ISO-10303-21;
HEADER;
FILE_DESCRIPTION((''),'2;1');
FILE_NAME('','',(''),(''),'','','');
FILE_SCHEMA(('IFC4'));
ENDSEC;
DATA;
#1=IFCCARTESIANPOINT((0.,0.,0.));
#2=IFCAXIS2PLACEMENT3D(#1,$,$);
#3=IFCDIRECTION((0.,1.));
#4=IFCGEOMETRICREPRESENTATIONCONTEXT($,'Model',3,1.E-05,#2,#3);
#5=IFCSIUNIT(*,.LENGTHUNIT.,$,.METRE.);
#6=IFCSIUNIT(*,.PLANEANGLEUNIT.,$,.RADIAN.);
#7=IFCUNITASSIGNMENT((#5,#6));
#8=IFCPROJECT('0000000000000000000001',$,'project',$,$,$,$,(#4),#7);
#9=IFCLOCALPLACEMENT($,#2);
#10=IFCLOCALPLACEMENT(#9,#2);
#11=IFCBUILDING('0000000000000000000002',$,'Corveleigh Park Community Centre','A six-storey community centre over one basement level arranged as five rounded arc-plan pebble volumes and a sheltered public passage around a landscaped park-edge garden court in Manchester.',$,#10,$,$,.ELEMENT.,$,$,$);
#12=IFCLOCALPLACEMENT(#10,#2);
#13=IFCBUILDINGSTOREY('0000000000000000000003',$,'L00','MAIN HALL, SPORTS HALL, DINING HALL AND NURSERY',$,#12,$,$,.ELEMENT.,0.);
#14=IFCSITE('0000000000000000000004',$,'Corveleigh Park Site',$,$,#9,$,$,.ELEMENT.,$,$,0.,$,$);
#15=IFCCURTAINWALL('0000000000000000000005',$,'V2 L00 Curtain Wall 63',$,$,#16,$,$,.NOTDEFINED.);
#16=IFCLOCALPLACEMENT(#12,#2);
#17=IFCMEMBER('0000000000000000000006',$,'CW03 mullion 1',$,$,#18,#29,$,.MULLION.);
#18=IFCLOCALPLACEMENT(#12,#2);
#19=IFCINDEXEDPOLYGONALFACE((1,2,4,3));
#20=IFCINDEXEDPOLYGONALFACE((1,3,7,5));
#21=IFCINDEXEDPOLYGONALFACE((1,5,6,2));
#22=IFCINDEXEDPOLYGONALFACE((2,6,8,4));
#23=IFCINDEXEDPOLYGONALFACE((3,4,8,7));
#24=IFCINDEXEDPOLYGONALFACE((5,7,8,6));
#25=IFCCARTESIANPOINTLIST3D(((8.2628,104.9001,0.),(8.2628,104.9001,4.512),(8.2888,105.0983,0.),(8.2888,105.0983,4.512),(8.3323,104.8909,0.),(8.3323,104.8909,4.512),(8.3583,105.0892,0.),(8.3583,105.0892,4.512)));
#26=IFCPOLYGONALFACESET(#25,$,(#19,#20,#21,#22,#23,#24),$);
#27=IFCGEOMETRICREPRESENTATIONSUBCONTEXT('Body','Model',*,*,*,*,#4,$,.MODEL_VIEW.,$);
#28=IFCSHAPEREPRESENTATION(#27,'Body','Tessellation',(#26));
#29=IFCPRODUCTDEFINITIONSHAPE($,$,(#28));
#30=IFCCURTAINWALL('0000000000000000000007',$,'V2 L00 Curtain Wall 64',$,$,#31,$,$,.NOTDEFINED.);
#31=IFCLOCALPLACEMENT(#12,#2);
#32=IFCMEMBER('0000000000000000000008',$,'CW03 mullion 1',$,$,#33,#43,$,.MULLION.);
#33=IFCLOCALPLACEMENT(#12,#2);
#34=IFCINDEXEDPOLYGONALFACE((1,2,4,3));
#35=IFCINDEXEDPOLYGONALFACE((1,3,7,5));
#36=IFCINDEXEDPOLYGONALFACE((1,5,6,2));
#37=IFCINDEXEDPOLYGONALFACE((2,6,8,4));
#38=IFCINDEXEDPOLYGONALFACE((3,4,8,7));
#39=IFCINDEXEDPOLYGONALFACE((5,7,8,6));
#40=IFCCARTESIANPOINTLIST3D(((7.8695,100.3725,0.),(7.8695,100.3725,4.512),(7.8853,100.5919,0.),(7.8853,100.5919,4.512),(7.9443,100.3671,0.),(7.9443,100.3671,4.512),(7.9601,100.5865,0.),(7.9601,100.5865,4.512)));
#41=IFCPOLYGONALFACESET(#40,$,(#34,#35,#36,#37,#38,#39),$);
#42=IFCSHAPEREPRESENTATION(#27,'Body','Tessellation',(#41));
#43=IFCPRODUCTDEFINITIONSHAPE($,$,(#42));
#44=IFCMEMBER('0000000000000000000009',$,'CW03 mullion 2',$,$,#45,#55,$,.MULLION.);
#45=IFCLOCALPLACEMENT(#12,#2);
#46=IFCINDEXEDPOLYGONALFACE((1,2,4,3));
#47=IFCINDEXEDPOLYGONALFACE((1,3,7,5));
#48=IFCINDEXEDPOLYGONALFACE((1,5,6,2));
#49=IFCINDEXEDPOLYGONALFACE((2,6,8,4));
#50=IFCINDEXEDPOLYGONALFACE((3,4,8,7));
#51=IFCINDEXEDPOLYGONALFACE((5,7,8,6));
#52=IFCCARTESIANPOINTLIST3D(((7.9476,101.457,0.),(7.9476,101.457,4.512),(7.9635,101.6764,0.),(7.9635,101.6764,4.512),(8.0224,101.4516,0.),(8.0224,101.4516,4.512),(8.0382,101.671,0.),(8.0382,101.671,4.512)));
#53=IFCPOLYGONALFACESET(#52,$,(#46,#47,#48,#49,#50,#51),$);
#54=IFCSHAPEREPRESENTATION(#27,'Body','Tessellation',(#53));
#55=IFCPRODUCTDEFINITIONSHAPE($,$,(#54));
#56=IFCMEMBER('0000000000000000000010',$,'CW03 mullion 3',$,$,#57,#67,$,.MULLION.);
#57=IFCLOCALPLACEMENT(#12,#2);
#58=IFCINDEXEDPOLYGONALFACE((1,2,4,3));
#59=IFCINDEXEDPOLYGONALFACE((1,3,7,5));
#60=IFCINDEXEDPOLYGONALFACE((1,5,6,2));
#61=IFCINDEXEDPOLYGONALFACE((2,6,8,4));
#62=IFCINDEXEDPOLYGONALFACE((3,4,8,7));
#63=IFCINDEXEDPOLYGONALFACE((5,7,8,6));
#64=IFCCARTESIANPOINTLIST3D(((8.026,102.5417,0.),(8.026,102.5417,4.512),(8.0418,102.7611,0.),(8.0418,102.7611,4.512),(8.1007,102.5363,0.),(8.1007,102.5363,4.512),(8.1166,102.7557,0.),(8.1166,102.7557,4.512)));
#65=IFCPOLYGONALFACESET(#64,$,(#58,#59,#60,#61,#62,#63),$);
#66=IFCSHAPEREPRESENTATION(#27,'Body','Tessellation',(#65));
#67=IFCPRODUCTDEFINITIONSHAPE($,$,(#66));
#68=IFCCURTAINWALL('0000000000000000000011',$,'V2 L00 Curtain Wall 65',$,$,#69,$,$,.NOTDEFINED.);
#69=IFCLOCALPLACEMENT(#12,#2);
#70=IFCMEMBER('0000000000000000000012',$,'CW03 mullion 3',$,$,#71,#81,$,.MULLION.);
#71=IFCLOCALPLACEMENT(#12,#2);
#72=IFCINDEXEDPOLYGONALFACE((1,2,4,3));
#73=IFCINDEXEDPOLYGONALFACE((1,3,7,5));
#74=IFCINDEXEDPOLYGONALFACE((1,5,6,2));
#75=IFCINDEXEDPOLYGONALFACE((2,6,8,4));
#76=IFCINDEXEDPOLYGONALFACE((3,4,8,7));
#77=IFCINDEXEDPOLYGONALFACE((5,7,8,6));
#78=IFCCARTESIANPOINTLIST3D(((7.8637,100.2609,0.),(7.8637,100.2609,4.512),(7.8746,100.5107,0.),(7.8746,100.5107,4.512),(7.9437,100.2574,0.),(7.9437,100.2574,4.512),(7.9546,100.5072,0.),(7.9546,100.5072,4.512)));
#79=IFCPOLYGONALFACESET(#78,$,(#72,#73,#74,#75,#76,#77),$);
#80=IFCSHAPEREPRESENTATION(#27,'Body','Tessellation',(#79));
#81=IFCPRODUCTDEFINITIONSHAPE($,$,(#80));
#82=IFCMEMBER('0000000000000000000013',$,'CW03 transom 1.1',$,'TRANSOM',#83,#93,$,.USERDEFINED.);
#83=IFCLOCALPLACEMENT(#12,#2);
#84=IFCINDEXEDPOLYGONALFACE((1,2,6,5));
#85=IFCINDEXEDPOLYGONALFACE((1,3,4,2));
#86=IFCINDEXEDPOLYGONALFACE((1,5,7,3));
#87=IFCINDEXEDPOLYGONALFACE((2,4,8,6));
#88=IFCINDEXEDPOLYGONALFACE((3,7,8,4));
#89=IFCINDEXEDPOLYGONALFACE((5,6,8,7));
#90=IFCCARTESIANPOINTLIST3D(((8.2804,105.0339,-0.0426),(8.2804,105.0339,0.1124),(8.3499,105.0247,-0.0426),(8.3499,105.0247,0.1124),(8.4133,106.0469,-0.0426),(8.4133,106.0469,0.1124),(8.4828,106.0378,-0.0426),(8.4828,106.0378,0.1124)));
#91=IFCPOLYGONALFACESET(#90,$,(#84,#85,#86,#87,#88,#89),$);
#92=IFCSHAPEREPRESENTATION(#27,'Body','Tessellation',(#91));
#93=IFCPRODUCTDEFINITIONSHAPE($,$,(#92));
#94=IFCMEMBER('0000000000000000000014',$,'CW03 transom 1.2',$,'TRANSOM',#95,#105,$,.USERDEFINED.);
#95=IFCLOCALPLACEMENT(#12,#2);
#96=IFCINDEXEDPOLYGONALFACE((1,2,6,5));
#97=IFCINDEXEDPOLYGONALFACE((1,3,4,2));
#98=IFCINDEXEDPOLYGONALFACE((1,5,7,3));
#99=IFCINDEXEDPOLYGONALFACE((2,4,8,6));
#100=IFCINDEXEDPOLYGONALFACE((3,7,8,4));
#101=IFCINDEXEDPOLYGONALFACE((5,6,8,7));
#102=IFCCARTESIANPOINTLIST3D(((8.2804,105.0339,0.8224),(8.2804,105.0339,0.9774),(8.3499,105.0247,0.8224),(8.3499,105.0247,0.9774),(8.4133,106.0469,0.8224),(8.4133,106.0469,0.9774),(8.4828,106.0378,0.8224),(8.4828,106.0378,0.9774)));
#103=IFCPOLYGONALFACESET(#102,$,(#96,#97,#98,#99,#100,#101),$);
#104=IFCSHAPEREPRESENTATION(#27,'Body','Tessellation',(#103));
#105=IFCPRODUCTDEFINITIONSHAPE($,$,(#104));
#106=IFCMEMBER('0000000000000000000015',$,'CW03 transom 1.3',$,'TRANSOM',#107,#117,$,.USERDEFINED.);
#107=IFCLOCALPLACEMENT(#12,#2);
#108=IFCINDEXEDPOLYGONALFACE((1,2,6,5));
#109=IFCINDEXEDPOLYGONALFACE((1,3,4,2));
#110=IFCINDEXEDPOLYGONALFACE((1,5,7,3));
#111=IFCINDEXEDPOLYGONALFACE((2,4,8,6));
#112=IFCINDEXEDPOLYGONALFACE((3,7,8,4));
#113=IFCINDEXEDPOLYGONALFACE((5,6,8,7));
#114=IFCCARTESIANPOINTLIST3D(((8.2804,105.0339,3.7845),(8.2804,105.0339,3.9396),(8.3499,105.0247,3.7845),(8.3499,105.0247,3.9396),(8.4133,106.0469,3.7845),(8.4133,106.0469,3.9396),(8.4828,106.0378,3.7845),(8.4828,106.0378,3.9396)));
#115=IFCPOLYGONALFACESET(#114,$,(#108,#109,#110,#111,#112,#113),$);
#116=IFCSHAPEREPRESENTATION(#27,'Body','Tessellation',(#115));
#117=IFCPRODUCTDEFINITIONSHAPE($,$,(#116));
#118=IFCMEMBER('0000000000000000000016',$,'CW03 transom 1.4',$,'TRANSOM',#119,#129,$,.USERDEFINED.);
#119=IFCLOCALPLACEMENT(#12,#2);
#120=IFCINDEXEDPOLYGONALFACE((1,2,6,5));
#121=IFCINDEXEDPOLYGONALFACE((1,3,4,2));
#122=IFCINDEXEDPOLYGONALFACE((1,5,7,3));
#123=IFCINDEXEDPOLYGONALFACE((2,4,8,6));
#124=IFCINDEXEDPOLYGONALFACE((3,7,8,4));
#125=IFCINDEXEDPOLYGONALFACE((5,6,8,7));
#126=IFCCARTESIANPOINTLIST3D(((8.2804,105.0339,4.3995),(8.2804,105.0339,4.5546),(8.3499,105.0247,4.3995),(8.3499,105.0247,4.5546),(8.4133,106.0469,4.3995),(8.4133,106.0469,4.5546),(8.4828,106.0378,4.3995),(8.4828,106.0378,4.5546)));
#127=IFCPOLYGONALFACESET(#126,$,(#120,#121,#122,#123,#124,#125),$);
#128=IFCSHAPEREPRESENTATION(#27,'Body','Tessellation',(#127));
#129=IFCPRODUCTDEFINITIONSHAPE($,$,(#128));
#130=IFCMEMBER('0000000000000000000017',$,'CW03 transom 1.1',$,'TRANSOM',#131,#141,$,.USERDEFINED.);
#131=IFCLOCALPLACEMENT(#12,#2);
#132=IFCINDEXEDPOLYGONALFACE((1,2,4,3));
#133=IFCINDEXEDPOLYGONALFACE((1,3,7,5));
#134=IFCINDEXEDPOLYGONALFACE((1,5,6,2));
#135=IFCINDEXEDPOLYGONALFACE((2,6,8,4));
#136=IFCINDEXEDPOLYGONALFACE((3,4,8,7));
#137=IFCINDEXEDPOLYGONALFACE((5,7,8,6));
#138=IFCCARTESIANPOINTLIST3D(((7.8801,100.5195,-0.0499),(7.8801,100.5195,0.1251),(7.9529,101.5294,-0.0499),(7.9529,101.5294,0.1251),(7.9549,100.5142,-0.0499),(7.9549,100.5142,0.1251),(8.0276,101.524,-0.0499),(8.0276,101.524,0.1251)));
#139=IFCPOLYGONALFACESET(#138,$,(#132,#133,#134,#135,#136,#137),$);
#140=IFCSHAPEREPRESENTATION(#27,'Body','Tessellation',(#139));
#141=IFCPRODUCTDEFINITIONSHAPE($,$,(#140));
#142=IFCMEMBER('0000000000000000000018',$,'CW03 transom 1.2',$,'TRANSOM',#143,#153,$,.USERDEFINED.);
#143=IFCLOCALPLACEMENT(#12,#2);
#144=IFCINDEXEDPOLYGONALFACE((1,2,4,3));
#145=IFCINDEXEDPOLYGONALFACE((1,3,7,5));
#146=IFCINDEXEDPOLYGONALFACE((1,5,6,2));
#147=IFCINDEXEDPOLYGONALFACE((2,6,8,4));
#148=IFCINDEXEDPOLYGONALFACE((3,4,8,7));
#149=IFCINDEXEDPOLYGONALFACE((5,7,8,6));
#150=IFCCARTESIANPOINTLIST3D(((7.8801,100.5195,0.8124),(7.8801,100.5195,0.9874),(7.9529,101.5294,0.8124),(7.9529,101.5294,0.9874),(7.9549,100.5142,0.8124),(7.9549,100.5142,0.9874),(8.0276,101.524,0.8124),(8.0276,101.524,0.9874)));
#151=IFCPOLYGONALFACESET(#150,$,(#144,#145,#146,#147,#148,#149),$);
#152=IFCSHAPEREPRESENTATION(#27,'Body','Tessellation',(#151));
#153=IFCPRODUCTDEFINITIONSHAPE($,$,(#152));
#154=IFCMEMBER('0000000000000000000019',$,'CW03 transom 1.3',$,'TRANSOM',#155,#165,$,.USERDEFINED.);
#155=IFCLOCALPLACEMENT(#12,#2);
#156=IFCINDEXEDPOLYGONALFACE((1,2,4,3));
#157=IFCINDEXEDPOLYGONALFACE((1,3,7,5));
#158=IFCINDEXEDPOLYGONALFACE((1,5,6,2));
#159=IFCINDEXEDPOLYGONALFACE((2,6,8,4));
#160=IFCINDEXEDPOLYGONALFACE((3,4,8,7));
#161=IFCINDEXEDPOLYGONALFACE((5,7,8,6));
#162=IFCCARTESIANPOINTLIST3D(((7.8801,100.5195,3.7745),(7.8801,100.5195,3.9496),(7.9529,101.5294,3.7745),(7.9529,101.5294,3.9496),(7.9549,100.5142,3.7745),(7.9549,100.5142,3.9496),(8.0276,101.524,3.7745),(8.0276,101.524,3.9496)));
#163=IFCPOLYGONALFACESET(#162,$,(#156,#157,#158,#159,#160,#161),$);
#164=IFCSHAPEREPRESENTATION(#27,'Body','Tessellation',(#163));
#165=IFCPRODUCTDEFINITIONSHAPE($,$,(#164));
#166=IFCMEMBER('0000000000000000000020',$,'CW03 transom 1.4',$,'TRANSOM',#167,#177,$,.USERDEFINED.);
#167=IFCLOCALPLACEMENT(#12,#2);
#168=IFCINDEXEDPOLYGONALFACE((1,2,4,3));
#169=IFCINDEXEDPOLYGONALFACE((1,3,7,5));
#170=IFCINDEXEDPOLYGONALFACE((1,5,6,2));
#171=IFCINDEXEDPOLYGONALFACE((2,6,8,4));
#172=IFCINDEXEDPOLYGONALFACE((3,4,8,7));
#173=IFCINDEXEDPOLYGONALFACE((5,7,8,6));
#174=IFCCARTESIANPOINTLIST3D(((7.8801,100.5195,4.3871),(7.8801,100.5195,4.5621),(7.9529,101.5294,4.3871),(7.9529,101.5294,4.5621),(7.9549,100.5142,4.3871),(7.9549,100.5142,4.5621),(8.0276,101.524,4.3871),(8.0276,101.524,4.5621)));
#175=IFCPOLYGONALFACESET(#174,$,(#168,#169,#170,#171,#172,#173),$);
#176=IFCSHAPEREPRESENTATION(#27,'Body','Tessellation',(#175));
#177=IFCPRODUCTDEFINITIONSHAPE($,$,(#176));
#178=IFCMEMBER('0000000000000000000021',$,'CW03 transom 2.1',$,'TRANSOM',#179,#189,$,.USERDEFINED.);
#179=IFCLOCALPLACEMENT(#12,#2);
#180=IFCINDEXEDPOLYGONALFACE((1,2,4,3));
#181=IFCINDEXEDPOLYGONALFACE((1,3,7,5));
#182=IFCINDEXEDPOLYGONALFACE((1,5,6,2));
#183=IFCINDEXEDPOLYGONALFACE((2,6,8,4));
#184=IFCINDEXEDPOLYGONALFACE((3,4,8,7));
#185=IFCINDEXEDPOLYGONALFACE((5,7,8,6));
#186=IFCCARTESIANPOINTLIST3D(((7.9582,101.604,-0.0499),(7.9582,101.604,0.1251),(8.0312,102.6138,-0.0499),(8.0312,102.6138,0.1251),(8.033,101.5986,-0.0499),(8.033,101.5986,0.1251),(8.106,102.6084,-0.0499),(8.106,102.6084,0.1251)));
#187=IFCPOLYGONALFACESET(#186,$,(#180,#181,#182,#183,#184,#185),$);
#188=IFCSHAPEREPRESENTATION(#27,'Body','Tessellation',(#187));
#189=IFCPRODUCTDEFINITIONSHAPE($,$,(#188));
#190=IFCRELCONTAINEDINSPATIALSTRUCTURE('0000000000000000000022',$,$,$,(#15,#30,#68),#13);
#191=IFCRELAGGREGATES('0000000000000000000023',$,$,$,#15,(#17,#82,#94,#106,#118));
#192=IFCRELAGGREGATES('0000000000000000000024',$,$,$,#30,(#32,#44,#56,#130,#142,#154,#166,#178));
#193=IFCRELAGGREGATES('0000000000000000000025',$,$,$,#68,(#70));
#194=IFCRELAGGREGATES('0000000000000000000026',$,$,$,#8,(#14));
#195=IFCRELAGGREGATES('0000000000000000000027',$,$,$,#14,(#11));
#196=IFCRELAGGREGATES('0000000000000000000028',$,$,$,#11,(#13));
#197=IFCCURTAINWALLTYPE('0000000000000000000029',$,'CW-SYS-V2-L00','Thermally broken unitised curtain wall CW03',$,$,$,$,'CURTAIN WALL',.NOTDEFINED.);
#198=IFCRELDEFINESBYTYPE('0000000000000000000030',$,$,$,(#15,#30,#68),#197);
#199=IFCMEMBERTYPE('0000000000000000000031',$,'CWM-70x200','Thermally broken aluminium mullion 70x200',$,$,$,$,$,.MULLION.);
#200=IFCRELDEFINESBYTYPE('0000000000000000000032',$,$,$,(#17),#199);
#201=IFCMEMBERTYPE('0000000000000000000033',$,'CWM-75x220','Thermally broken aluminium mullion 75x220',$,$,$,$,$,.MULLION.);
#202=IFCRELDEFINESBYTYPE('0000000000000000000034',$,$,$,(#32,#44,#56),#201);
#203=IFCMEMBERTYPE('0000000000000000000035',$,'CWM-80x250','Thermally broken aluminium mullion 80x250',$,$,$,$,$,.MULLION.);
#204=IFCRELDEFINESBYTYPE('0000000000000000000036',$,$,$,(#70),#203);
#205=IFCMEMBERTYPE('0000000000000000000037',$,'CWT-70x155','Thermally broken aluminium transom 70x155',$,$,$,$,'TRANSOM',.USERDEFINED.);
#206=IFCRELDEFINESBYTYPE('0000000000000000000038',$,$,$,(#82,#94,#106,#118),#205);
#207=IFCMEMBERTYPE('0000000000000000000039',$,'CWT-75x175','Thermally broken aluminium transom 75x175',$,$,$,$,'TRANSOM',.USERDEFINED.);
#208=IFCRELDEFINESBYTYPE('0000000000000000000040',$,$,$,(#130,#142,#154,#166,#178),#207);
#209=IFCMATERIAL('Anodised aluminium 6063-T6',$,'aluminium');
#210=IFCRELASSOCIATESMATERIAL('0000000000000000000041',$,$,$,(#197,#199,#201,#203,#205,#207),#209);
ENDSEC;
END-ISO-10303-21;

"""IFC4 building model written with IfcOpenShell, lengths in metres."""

from ifc_helpers import new_model, si_unit, direction, frame, origin, origin_2d, place, context, subcontext, project, spatial, rectangle, extrude, material, material_profile, profile_set, type_object, element, aggregate, save


model = new_model("IFC4")

# Units and contexts
model_context = context("Model", 3, precision=1e-05, world=origin(), true_north=direction((0.0, 1.0)))
body_context = subcontext(model_context, "Body", "Model", "MODEL_VIEW")
ifc_project = project(units=[si_unit("LENGTHUNIT", "METRE"), si_unit("PLANEANGLEUNIT", "RADIAN")], contexts=[model_context])

# Site, building, storey
site_placement = place(None, origin())
site = spatial("IfcSite", under=ifc_project, at=site_placement, Name="Corveleigh Park Site", CompositionType="ELEMENT", RefElevation=0.0)
building_placement = place(site_placement, origin())
building = spatial("IfcBuilding", under=site, at=building_placement, Name="Corveleigh Park Community Centre", Description="A six-storey community centre over one basement level arranged as five rounded arc-plan pebble volumes and a sheltered public passage around a landscaped park-edge garden court in Manchester.", CompositionType="ELEMENT")
storey_placement = place(building_placement, origin())
storey = spatial("IfcBuildingStorey", under=building, at=storey_placement, Name="L00", Description="MAIN HALL, SPORTS HALL, DINING HALL AND NURSERY", CompositionType="ELEMENT", Elevation=0.0)

# Curtain wall, member
ifc_material_1 = material(Name="Anodised aluminium 6063-T6", Category="aluminium")
curtain_wall_type = type_object("IfcCurtainWallType", Name="CW-SYS-V2-L00", Description="Thermally broken unitised curtain wall CW03", ElementType="CURTAIN WALL", PredefinedType="NOTDEFINED", material=ifc_material_1)
curtain_wall_1_placement = place(storey_placement, origin())
curtain_wall_1 = element("IfcCurtainWall", 1, at=curtain_wall_1_placement, inside=storey, type_object=curtain_wall_type, Name="V2 L00 Curtain Wall 63", PredefinedType="NOTDEFINED")
ifc_material_profile_1 = material_profile(ifc_material_1, rectangle(XDim=0.0701, YDim=0.2, at=origin_2d()), Name="ALU-M70x200", Category="aluminium")
ifc_profile_set_1 = profile_set([ifc_material_profile_1], Name="Anodised aluminium 6063-T6")
member_type_1 = type_object("IfcMemberType", Name="CWM-70x200", Description="Thermally broken aluminium mullion 70x200", PredefinedType="MULLION", material=ifc_profile_set_1)
member_1_placement = place(storey_placement, frame((8.3105, 104.9946, 0.0), z_axis=(0.0, 0.0, 1.0), x_axis=(-0.991509, 0.130041, 0.0)))
member_1 = element("IfcMember", 2, at=member_1_placement, type_object=member_type_1, Name="CW03 mullion 1", PredefinedType="MULLION", context=body_context, shape_type="SweptSolid", body=[
    extrude(rectangle(XDim=0.0701, YDim=0.2, at=origin_2d()), origin(), (0.0, 0.0, 1.0), 4.512),
])

# Curtain wall, members
curtain_wall_2_placement = place(storey_placement, origin())
curtain_wall_2 = element("IfcCurtainWall", 3, at=curtain_wall_2_placement, inside=storey, type_object=curtain_wall_type, Name="V2 L00 Curtain Wall 64", PredefinedType="NOTDEFINED")
ifc_material_profile_2 = material_profile(ifc_material_1, rectangle(XDim=0.075, YDim=0.22, at=origin_2d()), Name="ALU-M75x220", Category="aluminium")
ifc_profile_set_2 = profile_set([ifc_material_profile_2], Name="Anodised aluminium 6063-T6")
member_type_2 = type_object("IfcMemberType", Name="CWM-75x220", Description="Thermally broken aluminium mullion 75x220", PredefinedType="MULLION", material=ifc_profile_set_2)
member_2_placement = place(storey_placement, frame((7.9148, 100.4795, 0.0), z_axis=(0.0, 0.0, 1.0), x_axis=(-0.997404, 0.072005, 0.0)))
member_2 = element("IfcMember", 4, at=member_2_placement, type_object=member_type_2, Name="CW03 mullion 1", PredefinedType="MULLION", context=body_context, shape_type="SweptSolid", body=[
    extrude(rectangle(XDim=0.075, YDim=0.22, at=origin_2d()), origin(), (0.0, 0.0, 1.0), 4.512),
])
member_3_placement = place(storey_placement, frame((7.9929, 101.564, 0.0), z_axis=(0.0, 0.0, 1.0), x_axis=(-0.997404, 0.072005, 0.0)))
member_3 = element("IfcMember", 5, at=member_3_placement, type_object=member_type_2, Name="CW03 mullion 2", PredefinedType="MULLION", context=body_context, shape_type="SweptSolid", body=[
    extrude(rectangle(XDim=0.075, YDim=0.22, at=origin_2d()), origin(), (0.0, 0.0, 1.0), 4.512),
])
member_4_placement = place(storey_placement, frame((8.0713, 102.6487, 0.0), z_axis=(0.0, 0.0, 1.0), x_axis=(-0.997404, 0.072005, 0.0)))
member_4 = element("IfcMember", 6, at=member_4_placement, type_object=member_type_2, Name="CW03 mullion 3", PredefinedType="MULLION", context=body_context, shape_type="SweptSolid", body=[
    extrude(rectangle(XDim=0.075, YDim=0.22, at=origin_2d()), origin(), (0.0, 0.0, 1.0), 4.512),
])

# Curtain wall, member
curtain_wall_3_placement = place(storey_placement, origin())
curtain_wall_3 = element("IfcCurtainWall", 7, at=curtain_wall_3_placement, inside=storey, type_object=curtain_wall_type, Name="V2 L00 Curtain Wall 65", PredefinedType="NOTDEFINED")
ifc_material_profile_3 = material_profile(ifc_material_1, rectangle(XDim=0.0801, YDim=0.25, at=origin_2d()), Name="ALU-M80x250", Category="aluminium")
ifc_profile_set_3 = profile_set([ifc_material_profile_3], Name="Anodised aluminium 6063-T6")
member_type_3 = type_object("IfcMemberType", Name="CWM-80x250", Description="Thermally broken aluminium mullion 80x250", PredefinedType="MULLION", material=ifc_profile_set_3)
member_5_placement = place(storey_placement, frame((7.9092, 100.384, 0.0), z_axis=(0.0, 0.0, 1.0), x_axis=(-0.99905, 0.043572, 0.0)))
member_5 = element("IfcMember", 8, at=member_5_placement, type_object=member_type_3, Name="CW03 mullion 3", PredefinedType="MULLION", context=body_context, shape_type="SweptSolid", body=[
    extrude(rectangle(XDim=0.0801, YDim=0.25, at=origin_2d()), origin(), (0.0, 0.0, 1.0), 4.512),
])

# Members
ifc_material_profile_4 = material_profile(ifc_material_1, rectangle(XDim=0.0701, YDim=0.155, at=origin_2d()), Name="ALU-T70x155", Category="aluminium")
ifc_profile_set_4 = profile_set([ifc_material_profile_4], Name="Anodised aluminium 6063-T6")
member_type_4 = type_object("IfcMemberType", Name="CWT-70x155", Description="Thermally broken aluminium transom 70x155", ElementType="TRANSOM", PredefinedType="USERDEFINED", material=ifc_profile_set_4)
member_6_placement = place(storey_placement, frame((8.3152, 105.0293, 0.0349), z_axis=(0.130003, 0.991514, 0.0), x_axis=(-0.991514, 0.130003, 0.0)))
member_6 = element("IfcMember", 9, at=member_6_placement, type_object=member_type_4, Name="CW03 transom 1.1", ObjectType="TRANSOM", PredefinedType="USERDEFINED", context=body_context, shape_type="SweptSolid", body=[
    extrude(rectangle(XDim=0.0701, YDim=0.155, at=origin_2d()), origin(), (0.0, 0.0, 1.0), 1.0217),
])
member_7_placement = place(storey_placement, frame((8.3152, 105.0293, 0.8999), z_axis=(0.130003, 0.991514, 0.0), x_axis=(-0.991514, 0.130003, 0.0)))
member_7 = element("IfcMember", 10, at=member_7_placement, type_object=member_type_4, Name="CW03 transom 1.2", ObjectType="TRANSOM", PredefinedType="USERDEFINED", context=body_context, shape_type="SweptSolid", body=[
    extrude(rectangle(XDim=0.0701, YDim=0.155, at=origin_2d()), origin(), (0.0, 0.0, 1.0), 1.0217),
])
member_8_placement = place(storey_placement, frame((8.3152, 105.0293, 3.8621), z_axis=(0.130003, 0.991514, 0.0), x_axis=(-0.991514, 0.130003, 0.0)))
member_8 = element("IfcMember", 11, at=member_8_placement, type_object=member_type_4, Name="CW03 transom 1.3", ObjectType="TRANSOM", PredefinedType="USERDEFINED", context=body_context, shape_type="SweptSolid", body=[
    extrude(rectangle(XDim=0.0701, YDim=0.155, at=origin_2d()), origin(), (0.0, 0.0, 1.0), 1.0217),
])
member_9_placement = place(storey_placement, frame((8.3152, 105.0293, 4.4771), z_axis=(0.130003, 0.991514, 0.0), x_axis=(-0.991514, 0.130003, 0.0)))
member_9 = element("IfcMember", 12, at=member_9_placement, type_object=member_type_4, Name="CW03 transom 1.4", ObjectType="TRANSOM", PredefinedType="USERDEFINED", context=body_context, shape_type="SweptSolid", body=[
    extrude(rectangle(XDim=0.0701, YDim=0.155, at=origin_2d()), origin(), (0.0, 0.0, 1.0), 1.0217),
])
aggregate(curtain_wall_1, [member_1, member_6, member_7, member_8, member_9])
ifc_material_profile_5 = material_profile(ifc_material_1, rectangle(XDim=0.075, YDim=0.175, at=origin_2d()), Name="ALU-T75x175", Category="aluminium")
ifc_profile_set_5 = profile_set([ifc_material_profile_5], Name="Anodised aluminium 6063-T6")
member_type_5 = type_object("IfcMemberType", Name="CWT-75x175", Description="Thermally broken aluminium transom 75x175", ElementType="TRANSOM", PredefinedType="USERDEFINED", material=ifc_profile_set_5)
member_10_placement = place(storey_placement, frame((7.9175, 100.5168, 0.0376), z_axis=(0.071864, 0.997414, 0.0), x_axis=(-0.997414, 0.071864, 0.0)))
member_10 = element("IfcMember", 13, at=member_10_placement, type_object=member_type_5, Name="CW03 transom 1.1", ObjectType="TRANSOM", PredefinedType="USERDEFINED", context=body_context, shape_type="SweptSolid", body=[
    extrude(rectangle(XDim=0.075, YDim=0.175, at=origin_2d()), origin(), (0.0, 0.0, 1.0), 1.0125),
])
member_11_placement = place(storey_placement, frame((7.9175, 100.5168, 0.8999), z_axis=(0.071864, 0.997414, 0.0), x_axis=(-0.997414, 0.071864, 0.0)))
member_11 = element("IfcMember", 14, at=member_11_placement, type_object=member_type_5, Name="CW03 transom 1.2", ObjectType="TRANSOM", PredefinedType="USERDEFINED", context=body_context, shape_type="SweptSolid", body=[
    extrude(rectangle(XDim=0.075, YDim=0.175, at=origin_2d()), origin(), (0.0, 0.0, 1.0), 1.0125),
])
member_12_placement = place(storey_placement, frame((7.9175, 100.5168, 3.8621), z_axis=(0.071864, 0.997414, 0.0), x_axis=(-0.997414, 0.071864, 0.0)))
member_12 = element("IfcMember", 15, at=member_12_placement, type_object=member_type_5, Name="CW03 transom 1.3", ObjectType="TRANSOM", PredefinedType="USERDEFINED", context=body_context, shape_type="SweptSolid", body=[
    extrude(rectangle(XDim=0.075, YDim=0.175, at=origin_2d()), origin(), (0.0, 0.0, 1.0), 1.0125),
])
member_13_placement = place(storey_placement, frame((7.9175, 100.5168, 4.4746), z_axis=(0.071864, 0.997414, 0.0), x_axis=(-0.997414, 0.071864, 0.0)))
member_13 = element("IfcMember", 16, at=member_13_placement, type_object=member_type_5, Name="CW03 transom 1.4", ObjectType="TRANSOM", PredefinedType="USERDEFINED", context=body_context, shape_type="SweptSolid", body=[
    extrude(rectangle(XDim=0.075, YDim=0.175, at=origin_2d()), origin(), (0.0, 0.0, 1.0), 1.0125),
])
member_14_placement = place(storey_placement, frame((7.9956, 101.6013, 0.0376), z_axis=(0.072104, 0.997397, 0.0), x_axis=(-0.997397, 0.072104, 0.0)))
member_14 = element("IfcMember", 17, at=member_14_placement, type_object=member_type_5, Name="CW03 transom 2.1", ObjectType="TRANSOM", PredefinedType="USERDEFINED", context=body_context, shape_type="SweptSolid", body=[
    extrude(rectangle(XDim=0.075, YDim=0.175, at=origin_2d()), origin(), (0.0, 0.0, 1.0), 1.0125),
])

aggregate(curtain_wall_2, [member_2, member_3, member_4, member_10, member_11, member_12, member_13, member_14])
aggregate(curtain_wall_3, [member_5])

save(model, "model.ifc")
